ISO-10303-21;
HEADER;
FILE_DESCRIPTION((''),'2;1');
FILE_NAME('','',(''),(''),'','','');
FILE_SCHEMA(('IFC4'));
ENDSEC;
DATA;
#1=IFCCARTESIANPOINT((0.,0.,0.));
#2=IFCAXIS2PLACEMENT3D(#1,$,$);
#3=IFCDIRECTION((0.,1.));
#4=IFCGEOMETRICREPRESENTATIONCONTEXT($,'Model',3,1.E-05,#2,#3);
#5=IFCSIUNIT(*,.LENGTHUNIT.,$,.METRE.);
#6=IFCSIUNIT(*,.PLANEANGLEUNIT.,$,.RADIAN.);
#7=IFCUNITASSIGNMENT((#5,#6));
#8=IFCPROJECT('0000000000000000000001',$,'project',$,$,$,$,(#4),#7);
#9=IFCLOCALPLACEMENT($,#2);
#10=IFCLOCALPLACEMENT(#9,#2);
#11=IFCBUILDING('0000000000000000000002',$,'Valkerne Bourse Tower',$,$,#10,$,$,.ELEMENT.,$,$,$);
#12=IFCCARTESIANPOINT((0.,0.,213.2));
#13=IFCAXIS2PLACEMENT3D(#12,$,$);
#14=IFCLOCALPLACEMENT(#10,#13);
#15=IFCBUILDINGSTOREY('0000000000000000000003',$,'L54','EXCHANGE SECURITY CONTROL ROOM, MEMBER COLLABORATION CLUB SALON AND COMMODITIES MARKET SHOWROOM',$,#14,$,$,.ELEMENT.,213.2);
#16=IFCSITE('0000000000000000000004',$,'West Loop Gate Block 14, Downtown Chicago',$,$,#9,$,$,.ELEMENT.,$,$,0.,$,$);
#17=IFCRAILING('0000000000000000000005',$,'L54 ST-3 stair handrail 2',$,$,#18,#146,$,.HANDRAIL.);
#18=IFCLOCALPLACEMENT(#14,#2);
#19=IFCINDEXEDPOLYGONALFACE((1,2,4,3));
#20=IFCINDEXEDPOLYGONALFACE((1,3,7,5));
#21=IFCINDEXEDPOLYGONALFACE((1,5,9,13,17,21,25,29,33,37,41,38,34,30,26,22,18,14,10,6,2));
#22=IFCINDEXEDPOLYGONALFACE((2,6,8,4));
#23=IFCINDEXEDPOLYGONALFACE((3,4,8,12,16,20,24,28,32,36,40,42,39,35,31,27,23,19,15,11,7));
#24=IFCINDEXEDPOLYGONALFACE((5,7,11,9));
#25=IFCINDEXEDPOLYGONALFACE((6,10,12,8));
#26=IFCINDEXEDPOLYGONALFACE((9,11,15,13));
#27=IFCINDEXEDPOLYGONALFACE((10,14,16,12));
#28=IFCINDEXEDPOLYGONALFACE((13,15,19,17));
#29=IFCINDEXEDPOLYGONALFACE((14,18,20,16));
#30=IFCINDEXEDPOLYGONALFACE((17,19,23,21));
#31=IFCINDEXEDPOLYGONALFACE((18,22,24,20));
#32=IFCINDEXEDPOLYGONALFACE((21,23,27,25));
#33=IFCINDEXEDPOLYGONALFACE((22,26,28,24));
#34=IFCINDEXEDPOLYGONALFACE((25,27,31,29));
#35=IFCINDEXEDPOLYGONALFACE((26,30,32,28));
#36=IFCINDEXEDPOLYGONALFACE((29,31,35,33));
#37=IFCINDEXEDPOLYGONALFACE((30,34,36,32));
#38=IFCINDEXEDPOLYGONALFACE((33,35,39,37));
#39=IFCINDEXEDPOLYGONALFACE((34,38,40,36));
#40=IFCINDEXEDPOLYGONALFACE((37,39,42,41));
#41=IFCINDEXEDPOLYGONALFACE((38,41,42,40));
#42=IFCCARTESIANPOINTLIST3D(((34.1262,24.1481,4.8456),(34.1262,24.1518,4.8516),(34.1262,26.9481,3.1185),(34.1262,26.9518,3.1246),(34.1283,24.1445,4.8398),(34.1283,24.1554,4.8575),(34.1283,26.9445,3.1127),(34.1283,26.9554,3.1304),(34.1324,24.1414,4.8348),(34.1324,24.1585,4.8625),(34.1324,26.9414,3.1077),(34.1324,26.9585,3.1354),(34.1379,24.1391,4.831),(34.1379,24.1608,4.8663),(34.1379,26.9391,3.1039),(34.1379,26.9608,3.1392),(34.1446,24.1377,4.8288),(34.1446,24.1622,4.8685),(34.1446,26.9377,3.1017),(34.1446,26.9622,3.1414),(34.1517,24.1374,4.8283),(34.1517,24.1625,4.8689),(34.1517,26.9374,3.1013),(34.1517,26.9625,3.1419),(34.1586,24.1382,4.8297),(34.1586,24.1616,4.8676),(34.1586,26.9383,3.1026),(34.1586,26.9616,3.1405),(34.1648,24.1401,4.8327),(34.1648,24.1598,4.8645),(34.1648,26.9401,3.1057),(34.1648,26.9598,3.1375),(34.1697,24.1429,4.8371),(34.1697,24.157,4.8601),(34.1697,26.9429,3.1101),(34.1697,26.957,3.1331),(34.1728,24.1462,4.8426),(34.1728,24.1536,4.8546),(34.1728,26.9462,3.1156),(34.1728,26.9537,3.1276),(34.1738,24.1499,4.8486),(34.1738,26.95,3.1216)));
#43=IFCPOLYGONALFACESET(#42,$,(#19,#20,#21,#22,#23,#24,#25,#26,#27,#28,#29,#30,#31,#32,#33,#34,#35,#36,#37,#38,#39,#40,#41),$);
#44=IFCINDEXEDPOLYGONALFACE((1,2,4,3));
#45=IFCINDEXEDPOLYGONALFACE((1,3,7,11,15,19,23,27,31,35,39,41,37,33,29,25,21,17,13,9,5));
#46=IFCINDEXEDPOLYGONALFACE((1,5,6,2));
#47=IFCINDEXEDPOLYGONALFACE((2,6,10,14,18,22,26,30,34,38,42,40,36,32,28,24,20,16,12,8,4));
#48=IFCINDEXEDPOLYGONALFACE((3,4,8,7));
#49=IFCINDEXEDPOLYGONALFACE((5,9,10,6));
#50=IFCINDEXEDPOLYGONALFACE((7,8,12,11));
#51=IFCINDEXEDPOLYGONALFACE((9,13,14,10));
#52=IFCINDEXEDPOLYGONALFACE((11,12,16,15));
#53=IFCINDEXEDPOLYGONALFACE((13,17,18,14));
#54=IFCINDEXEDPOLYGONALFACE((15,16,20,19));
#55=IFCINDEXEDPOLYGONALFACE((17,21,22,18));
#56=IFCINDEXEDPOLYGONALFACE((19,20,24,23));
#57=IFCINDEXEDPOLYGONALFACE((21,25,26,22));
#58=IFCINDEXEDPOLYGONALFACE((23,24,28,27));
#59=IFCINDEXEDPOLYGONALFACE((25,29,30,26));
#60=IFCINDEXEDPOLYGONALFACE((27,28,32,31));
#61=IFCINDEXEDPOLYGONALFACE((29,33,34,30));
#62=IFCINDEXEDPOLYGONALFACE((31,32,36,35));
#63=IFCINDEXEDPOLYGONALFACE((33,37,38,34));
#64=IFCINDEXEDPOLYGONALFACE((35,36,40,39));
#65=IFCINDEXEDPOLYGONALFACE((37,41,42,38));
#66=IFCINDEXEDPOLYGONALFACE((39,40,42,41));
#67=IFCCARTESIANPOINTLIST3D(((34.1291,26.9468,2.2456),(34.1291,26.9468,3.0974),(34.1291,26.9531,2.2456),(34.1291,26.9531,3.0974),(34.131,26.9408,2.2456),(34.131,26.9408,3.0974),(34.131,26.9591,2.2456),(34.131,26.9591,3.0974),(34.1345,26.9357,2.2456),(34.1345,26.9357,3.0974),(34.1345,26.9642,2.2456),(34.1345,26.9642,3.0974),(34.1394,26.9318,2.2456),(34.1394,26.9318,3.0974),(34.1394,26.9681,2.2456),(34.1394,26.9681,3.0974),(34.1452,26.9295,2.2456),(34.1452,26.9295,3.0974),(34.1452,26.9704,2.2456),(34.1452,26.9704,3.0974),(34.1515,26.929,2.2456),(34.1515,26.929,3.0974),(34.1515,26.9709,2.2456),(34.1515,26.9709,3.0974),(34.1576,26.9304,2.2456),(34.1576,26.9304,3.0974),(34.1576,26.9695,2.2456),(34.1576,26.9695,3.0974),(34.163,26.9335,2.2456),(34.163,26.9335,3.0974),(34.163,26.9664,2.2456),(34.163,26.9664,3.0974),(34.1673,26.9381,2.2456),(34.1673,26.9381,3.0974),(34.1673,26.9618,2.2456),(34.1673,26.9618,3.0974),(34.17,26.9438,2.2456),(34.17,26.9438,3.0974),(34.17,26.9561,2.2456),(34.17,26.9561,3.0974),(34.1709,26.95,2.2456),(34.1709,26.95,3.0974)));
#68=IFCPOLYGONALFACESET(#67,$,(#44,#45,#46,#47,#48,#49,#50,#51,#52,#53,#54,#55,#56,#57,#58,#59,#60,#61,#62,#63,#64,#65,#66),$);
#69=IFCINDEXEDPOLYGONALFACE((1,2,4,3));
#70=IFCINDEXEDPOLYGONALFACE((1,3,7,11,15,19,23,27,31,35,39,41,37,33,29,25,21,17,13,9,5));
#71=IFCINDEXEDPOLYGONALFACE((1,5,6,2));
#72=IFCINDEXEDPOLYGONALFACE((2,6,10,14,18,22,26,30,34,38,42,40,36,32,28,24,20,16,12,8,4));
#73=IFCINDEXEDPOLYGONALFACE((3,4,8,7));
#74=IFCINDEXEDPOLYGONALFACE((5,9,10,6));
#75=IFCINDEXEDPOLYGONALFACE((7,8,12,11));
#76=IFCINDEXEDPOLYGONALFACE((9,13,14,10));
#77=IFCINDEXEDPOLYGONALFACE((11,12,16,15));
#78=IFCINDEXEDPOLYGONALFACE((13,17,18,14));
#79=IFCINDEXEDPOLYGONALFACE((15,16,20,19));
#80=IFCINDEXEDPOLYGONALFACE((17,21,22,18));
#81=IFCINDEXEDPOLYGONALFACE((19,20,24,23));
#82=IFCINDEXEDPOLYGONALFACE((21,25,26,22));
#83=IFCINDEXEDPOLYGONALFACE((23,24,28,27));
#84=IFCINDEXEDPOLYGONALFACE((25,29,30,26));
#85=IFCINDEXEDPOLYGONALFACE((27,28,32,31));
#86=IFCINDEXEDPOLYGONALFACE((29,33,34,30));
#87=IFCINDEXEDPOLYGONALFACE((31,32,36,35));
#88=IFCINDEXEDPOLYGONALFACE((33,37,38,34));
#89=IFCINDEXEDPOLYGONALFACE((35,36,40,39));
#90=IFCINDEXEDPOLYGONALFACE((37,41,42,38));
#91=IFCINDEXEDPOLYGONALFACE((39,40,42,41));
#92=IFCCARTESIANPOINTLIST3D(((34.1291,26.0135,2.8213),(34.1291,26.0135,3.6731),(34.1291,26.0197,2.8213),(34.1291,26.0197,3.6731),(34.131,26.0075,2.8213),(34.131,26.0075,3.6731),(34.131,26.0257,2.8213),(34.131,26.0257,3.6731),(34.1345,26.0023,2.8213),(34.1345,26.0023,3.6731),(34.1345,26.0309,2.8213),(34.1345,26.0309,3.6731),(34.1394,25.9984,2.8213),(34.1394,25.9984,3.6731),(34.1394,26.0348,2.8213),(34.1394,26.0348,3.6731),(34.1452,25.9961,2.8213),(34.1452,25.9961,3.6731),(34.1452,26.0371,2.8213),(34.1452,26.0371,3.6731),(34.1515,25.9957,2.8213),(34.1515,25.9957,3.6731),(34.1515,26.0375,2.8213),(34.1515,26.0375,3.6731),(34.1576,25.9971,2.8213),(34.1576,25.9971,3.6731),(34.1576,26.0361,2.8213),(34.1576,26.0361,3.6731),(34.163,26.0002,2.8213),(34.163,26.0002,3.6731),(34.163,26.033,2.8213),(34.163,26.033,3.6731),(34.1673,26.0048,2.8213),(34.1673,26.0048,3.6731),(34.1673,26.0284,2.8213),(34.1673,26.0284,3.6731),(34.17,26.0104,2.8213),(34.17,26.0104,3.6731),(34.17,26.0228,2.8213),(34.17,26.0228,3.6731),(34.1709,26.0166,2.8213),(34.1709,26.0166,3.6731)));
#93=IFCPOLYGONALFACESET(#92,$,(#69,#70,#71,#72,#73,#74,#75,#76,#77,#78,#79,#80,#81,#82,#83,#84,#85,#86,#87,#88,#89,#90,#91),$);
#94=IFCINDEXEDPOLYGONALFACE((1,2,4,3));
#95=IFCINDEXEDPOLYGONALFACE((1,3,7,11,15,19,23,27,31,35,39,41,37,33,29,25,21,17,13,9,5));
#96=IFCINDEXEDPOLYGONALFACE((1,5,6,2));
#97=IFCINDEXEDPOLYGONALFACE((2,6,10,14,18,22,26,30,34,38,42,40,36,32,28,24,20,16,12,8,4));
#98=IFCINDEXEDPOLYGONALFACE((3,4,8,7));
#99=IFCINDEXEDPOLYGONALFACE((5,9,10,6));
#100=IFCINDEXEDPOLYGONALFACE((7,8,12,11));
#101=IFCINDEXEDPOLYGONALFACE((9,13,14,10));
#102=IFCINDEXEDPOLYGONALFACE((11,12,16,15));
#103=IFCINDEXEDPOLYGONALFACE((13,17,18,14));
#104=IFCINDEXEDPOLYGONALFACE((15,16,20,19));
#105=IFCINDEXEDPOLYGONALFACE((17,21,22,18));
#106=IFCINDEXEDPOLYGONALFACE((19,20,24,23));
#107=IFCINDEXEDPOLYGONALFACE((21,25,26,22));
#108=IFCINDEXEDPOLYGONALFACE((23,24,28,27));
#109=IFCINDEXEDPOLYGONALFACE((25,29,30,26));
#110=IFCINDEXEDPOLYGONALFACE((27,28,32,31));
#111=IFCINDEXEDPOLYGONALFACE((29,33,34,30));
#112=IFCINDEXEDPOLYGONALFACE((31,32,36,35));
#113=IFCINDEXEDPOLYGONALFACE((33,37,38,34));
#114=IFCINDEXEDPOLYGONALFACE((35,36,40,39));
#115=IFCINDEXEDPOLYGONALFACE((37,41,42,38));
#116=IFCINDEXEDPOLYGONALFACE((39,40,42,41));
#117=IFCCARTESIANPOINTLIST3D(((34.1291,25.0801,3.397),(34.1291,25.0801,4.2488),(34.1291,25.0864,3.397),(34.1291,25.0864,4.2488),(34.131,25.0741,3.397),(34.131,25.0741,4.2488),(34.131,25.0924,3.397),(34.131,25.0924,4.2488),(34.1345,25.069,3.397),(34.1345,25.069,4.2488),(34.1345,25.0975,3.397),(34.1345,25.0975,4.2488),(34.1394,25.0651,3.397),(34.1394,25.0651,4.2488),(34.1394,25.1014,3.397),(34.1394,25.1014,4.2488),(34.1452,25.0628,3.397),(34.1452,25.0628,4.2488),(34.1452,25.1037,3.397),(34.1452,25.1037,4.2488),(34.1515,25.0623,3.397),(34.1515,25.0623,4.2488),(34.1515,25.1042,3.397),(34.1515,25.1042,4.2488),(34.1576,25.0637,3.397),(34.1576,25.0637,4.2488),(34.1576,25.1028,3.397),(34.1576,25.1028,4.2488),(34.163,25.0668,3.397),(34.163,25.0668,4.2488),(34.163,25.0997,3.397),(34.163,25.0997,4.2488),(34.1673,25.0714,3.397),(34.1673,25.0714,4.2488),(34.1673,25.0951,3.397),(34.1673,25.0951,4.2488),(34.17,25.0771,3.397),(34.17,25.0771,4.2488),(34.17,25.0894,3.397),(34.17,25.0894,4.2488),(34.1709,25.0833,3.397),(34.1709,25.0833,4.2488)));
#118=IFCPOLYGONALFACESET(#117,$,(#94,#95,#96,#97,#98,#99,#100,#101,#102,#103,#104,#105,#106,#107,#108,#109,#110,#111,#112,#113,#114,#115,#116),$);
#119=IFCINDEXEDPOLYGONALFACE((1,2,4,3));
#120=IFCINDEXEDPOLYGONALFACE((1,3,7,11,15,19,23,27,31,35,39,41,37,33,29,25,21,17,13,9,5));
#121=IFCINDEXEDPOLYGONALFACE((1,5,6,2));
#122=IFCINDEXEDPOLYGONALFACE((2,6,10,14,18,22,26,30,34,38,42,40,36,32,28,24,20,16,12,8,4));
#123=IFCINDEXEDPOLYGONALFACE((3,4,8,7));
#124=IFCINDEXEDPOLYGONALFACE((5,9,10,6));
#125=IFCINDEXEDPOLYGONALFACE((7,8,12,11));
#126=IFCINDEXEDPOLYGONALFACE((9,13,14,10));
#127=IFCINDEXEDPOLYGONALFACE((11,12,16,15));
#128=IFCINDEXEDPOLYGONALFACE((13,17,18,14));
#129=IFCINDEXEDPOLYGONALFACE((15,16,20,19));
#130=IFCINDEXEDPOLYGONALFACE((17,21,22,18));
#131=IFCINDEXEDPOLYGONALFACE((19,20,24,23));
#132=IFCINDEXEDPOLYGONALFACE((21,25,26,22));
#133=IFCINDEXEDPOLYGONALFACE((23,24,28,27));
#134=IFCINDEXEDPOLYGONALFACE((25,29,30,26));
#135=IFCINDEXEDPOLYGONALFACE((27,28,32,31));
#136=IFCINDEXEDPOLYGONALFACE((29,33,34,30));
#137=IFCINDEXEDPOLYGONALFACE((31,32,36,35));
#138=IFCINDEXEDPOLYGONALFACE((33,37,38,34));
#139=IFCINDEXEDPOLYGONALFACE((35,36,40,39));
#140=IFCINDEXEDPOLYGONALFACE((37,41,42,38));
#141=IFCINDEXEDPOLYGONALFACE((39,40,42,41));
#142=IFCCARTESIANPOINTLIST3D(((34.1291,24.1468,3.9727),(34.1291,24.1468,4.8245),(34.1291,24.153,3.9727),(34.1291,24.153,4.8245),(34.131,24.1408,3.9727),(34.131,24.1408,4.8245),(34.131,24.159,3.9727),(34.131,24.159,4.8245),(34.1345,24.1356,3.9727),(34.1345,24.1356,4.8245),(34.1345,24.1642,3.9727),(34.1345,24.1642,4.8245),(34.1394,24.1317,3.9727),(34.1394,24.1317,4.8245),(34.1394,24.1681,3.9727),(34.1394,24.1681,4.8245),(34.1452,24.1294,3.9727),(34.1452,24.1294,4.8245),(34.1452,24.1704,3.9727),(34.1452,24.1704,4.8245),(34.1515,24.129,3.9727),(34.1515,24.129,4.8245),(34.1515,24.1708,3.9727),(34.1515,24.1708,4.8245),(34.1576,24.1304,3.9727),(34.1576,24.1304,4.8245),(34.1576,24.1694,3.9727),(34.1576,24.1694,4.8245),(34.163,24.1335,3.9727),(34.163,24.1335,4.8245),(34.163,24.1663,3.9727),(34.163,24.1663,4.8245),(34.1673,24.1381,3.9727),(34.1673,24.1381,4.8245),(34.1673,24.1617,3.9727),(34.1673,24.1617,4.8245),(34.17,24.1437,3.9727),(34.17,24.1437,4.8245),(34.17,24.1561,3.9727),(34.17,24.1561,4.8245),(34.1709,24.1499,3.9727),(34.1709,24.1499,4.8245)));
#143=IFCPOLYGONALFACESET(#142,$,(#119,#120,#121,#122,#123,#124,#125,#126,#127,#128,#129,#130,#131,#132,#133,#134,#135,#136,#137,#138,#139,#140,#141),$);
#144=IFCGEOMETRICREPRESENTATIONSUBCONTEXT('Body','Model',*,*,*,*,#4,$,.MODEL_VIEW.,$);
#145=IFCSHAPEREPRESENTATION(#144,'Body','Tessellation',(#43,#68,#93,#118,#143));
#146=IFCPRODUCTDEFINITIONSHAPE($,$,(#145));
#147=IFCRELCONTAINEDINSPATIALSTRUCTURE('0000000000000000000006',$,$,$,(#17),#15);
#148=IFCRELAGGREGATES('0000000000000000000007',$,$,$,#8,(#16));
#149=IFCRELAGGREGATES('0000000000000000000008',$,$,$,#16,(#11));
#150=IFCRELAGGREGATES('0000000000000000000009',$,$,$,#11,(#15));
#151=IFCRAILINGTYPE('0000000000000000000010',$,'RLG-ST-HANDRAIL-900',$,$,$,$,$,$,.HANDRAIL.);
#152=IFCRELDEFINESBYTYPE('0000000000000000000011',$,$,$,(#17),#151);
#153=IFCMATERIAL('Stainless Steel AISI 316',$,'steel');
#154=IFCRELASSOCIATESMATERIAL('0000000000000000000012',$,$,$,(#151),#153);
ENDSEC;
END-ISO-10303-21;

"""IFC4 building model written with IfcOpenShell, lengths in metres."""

from ifc_helpers import new_model, si_unit, direction, frame, origin, origin_2d, place, context, subcontext, project, spatial, circle, extrude, material, type_object, element, save


model = new_model("IFC4")

# Units and contexts
model_context = context("Model", 3, precision=1e-05, world=origin(), true_north=direction((0.0, 1.0)))
body_context = subcontext(model_context, "Body", "Model", "MODEL_VIEW")
ifc_project = project(units=[si_unit("LENGTHUNIT", "METRE"), si_unit("PLANEANGLEUNIT", "RADIAN")], contexts=[model_context])

# Site, building, storey
site_placement = place(None, origin())
site = spatial("IfcSite", under=ifc_project, at=site_placement, Name="West Loop Gate Block 14, Downtown Chicago", CompositionType="ELEMENT", RefElevation=0.0)
building_placement = place(site_placement, origin())
building = spatial("IfcBuilding", under=site, at=building_placement, Name="Valkerne Bourse Tower", CompositionType="ELEMENT")
storey_placement = place(building_placement, frame((0.0, 0.0, 213.2)))
storey = spatial("IfcBuildingStorey", under=building, at=storey_placement, Name="L54", Description="EXCHANGE SECURITY CONTROL ROOM, MEMBER COLLABORATION CLUB SALON AND COMMODITIES MARKET SHOWROOM", CompositionType="ELEMENT", Elevation=213.2)

# Railing
ifc_material_1 = material(Name="Stainless Steel AISI 316", Category="steel")
railing_type_1 = type_object("IfcRailingType", Name="RLG-ST-HANDRAIL-900", PredefinedType="HANDRAIL", material=ifc_material_1)
railing_1_placement = place(storey_placement, frame((34.1499, 26.95, 2.2456)))
element("IfcRailing", 1, at=railing_1_placement, inside=storey, type_object=railing_type_1, Name="L54 ST-3 stair handrail 2", PredefinedType="HANDRAIL", context=body_context, shape_type="SweptSolid", body=[
    extrude(circle(Radius=0.0239, at=origin_2d()), frame((0.0, 0.0, 0.876), z_axis=(0.0, -0.851123, 0.524967), x_axis=(1.0, 0.0, 0.0)), (0.0, 0.0, 1.0), 3.2898),
    extrude(circle(Radius=0.021, at=origin_2d()), origin(), (0.0, 0.0, 1.0), 0.8518),
    extrude(circle(Radius=0.021, at=origin_2d()), frame((0.0, -0.9333, 0.5757)), (0.0, 0.0, 1.0), 0.8518),
    extrude(circle(Radius=0.021, at=origin_2d()), frame((0.0, -1.8667, 1.1514)), (0.0, 0.0, 1.0), 0.8518),
    extrude(circle(Radius=0.021, at=origin_2d()), frame((0.0, -2.8, 1.7271)), (0.0, 0.0, 1.0), 0.8518),
])

save(model, "model.ifc")
